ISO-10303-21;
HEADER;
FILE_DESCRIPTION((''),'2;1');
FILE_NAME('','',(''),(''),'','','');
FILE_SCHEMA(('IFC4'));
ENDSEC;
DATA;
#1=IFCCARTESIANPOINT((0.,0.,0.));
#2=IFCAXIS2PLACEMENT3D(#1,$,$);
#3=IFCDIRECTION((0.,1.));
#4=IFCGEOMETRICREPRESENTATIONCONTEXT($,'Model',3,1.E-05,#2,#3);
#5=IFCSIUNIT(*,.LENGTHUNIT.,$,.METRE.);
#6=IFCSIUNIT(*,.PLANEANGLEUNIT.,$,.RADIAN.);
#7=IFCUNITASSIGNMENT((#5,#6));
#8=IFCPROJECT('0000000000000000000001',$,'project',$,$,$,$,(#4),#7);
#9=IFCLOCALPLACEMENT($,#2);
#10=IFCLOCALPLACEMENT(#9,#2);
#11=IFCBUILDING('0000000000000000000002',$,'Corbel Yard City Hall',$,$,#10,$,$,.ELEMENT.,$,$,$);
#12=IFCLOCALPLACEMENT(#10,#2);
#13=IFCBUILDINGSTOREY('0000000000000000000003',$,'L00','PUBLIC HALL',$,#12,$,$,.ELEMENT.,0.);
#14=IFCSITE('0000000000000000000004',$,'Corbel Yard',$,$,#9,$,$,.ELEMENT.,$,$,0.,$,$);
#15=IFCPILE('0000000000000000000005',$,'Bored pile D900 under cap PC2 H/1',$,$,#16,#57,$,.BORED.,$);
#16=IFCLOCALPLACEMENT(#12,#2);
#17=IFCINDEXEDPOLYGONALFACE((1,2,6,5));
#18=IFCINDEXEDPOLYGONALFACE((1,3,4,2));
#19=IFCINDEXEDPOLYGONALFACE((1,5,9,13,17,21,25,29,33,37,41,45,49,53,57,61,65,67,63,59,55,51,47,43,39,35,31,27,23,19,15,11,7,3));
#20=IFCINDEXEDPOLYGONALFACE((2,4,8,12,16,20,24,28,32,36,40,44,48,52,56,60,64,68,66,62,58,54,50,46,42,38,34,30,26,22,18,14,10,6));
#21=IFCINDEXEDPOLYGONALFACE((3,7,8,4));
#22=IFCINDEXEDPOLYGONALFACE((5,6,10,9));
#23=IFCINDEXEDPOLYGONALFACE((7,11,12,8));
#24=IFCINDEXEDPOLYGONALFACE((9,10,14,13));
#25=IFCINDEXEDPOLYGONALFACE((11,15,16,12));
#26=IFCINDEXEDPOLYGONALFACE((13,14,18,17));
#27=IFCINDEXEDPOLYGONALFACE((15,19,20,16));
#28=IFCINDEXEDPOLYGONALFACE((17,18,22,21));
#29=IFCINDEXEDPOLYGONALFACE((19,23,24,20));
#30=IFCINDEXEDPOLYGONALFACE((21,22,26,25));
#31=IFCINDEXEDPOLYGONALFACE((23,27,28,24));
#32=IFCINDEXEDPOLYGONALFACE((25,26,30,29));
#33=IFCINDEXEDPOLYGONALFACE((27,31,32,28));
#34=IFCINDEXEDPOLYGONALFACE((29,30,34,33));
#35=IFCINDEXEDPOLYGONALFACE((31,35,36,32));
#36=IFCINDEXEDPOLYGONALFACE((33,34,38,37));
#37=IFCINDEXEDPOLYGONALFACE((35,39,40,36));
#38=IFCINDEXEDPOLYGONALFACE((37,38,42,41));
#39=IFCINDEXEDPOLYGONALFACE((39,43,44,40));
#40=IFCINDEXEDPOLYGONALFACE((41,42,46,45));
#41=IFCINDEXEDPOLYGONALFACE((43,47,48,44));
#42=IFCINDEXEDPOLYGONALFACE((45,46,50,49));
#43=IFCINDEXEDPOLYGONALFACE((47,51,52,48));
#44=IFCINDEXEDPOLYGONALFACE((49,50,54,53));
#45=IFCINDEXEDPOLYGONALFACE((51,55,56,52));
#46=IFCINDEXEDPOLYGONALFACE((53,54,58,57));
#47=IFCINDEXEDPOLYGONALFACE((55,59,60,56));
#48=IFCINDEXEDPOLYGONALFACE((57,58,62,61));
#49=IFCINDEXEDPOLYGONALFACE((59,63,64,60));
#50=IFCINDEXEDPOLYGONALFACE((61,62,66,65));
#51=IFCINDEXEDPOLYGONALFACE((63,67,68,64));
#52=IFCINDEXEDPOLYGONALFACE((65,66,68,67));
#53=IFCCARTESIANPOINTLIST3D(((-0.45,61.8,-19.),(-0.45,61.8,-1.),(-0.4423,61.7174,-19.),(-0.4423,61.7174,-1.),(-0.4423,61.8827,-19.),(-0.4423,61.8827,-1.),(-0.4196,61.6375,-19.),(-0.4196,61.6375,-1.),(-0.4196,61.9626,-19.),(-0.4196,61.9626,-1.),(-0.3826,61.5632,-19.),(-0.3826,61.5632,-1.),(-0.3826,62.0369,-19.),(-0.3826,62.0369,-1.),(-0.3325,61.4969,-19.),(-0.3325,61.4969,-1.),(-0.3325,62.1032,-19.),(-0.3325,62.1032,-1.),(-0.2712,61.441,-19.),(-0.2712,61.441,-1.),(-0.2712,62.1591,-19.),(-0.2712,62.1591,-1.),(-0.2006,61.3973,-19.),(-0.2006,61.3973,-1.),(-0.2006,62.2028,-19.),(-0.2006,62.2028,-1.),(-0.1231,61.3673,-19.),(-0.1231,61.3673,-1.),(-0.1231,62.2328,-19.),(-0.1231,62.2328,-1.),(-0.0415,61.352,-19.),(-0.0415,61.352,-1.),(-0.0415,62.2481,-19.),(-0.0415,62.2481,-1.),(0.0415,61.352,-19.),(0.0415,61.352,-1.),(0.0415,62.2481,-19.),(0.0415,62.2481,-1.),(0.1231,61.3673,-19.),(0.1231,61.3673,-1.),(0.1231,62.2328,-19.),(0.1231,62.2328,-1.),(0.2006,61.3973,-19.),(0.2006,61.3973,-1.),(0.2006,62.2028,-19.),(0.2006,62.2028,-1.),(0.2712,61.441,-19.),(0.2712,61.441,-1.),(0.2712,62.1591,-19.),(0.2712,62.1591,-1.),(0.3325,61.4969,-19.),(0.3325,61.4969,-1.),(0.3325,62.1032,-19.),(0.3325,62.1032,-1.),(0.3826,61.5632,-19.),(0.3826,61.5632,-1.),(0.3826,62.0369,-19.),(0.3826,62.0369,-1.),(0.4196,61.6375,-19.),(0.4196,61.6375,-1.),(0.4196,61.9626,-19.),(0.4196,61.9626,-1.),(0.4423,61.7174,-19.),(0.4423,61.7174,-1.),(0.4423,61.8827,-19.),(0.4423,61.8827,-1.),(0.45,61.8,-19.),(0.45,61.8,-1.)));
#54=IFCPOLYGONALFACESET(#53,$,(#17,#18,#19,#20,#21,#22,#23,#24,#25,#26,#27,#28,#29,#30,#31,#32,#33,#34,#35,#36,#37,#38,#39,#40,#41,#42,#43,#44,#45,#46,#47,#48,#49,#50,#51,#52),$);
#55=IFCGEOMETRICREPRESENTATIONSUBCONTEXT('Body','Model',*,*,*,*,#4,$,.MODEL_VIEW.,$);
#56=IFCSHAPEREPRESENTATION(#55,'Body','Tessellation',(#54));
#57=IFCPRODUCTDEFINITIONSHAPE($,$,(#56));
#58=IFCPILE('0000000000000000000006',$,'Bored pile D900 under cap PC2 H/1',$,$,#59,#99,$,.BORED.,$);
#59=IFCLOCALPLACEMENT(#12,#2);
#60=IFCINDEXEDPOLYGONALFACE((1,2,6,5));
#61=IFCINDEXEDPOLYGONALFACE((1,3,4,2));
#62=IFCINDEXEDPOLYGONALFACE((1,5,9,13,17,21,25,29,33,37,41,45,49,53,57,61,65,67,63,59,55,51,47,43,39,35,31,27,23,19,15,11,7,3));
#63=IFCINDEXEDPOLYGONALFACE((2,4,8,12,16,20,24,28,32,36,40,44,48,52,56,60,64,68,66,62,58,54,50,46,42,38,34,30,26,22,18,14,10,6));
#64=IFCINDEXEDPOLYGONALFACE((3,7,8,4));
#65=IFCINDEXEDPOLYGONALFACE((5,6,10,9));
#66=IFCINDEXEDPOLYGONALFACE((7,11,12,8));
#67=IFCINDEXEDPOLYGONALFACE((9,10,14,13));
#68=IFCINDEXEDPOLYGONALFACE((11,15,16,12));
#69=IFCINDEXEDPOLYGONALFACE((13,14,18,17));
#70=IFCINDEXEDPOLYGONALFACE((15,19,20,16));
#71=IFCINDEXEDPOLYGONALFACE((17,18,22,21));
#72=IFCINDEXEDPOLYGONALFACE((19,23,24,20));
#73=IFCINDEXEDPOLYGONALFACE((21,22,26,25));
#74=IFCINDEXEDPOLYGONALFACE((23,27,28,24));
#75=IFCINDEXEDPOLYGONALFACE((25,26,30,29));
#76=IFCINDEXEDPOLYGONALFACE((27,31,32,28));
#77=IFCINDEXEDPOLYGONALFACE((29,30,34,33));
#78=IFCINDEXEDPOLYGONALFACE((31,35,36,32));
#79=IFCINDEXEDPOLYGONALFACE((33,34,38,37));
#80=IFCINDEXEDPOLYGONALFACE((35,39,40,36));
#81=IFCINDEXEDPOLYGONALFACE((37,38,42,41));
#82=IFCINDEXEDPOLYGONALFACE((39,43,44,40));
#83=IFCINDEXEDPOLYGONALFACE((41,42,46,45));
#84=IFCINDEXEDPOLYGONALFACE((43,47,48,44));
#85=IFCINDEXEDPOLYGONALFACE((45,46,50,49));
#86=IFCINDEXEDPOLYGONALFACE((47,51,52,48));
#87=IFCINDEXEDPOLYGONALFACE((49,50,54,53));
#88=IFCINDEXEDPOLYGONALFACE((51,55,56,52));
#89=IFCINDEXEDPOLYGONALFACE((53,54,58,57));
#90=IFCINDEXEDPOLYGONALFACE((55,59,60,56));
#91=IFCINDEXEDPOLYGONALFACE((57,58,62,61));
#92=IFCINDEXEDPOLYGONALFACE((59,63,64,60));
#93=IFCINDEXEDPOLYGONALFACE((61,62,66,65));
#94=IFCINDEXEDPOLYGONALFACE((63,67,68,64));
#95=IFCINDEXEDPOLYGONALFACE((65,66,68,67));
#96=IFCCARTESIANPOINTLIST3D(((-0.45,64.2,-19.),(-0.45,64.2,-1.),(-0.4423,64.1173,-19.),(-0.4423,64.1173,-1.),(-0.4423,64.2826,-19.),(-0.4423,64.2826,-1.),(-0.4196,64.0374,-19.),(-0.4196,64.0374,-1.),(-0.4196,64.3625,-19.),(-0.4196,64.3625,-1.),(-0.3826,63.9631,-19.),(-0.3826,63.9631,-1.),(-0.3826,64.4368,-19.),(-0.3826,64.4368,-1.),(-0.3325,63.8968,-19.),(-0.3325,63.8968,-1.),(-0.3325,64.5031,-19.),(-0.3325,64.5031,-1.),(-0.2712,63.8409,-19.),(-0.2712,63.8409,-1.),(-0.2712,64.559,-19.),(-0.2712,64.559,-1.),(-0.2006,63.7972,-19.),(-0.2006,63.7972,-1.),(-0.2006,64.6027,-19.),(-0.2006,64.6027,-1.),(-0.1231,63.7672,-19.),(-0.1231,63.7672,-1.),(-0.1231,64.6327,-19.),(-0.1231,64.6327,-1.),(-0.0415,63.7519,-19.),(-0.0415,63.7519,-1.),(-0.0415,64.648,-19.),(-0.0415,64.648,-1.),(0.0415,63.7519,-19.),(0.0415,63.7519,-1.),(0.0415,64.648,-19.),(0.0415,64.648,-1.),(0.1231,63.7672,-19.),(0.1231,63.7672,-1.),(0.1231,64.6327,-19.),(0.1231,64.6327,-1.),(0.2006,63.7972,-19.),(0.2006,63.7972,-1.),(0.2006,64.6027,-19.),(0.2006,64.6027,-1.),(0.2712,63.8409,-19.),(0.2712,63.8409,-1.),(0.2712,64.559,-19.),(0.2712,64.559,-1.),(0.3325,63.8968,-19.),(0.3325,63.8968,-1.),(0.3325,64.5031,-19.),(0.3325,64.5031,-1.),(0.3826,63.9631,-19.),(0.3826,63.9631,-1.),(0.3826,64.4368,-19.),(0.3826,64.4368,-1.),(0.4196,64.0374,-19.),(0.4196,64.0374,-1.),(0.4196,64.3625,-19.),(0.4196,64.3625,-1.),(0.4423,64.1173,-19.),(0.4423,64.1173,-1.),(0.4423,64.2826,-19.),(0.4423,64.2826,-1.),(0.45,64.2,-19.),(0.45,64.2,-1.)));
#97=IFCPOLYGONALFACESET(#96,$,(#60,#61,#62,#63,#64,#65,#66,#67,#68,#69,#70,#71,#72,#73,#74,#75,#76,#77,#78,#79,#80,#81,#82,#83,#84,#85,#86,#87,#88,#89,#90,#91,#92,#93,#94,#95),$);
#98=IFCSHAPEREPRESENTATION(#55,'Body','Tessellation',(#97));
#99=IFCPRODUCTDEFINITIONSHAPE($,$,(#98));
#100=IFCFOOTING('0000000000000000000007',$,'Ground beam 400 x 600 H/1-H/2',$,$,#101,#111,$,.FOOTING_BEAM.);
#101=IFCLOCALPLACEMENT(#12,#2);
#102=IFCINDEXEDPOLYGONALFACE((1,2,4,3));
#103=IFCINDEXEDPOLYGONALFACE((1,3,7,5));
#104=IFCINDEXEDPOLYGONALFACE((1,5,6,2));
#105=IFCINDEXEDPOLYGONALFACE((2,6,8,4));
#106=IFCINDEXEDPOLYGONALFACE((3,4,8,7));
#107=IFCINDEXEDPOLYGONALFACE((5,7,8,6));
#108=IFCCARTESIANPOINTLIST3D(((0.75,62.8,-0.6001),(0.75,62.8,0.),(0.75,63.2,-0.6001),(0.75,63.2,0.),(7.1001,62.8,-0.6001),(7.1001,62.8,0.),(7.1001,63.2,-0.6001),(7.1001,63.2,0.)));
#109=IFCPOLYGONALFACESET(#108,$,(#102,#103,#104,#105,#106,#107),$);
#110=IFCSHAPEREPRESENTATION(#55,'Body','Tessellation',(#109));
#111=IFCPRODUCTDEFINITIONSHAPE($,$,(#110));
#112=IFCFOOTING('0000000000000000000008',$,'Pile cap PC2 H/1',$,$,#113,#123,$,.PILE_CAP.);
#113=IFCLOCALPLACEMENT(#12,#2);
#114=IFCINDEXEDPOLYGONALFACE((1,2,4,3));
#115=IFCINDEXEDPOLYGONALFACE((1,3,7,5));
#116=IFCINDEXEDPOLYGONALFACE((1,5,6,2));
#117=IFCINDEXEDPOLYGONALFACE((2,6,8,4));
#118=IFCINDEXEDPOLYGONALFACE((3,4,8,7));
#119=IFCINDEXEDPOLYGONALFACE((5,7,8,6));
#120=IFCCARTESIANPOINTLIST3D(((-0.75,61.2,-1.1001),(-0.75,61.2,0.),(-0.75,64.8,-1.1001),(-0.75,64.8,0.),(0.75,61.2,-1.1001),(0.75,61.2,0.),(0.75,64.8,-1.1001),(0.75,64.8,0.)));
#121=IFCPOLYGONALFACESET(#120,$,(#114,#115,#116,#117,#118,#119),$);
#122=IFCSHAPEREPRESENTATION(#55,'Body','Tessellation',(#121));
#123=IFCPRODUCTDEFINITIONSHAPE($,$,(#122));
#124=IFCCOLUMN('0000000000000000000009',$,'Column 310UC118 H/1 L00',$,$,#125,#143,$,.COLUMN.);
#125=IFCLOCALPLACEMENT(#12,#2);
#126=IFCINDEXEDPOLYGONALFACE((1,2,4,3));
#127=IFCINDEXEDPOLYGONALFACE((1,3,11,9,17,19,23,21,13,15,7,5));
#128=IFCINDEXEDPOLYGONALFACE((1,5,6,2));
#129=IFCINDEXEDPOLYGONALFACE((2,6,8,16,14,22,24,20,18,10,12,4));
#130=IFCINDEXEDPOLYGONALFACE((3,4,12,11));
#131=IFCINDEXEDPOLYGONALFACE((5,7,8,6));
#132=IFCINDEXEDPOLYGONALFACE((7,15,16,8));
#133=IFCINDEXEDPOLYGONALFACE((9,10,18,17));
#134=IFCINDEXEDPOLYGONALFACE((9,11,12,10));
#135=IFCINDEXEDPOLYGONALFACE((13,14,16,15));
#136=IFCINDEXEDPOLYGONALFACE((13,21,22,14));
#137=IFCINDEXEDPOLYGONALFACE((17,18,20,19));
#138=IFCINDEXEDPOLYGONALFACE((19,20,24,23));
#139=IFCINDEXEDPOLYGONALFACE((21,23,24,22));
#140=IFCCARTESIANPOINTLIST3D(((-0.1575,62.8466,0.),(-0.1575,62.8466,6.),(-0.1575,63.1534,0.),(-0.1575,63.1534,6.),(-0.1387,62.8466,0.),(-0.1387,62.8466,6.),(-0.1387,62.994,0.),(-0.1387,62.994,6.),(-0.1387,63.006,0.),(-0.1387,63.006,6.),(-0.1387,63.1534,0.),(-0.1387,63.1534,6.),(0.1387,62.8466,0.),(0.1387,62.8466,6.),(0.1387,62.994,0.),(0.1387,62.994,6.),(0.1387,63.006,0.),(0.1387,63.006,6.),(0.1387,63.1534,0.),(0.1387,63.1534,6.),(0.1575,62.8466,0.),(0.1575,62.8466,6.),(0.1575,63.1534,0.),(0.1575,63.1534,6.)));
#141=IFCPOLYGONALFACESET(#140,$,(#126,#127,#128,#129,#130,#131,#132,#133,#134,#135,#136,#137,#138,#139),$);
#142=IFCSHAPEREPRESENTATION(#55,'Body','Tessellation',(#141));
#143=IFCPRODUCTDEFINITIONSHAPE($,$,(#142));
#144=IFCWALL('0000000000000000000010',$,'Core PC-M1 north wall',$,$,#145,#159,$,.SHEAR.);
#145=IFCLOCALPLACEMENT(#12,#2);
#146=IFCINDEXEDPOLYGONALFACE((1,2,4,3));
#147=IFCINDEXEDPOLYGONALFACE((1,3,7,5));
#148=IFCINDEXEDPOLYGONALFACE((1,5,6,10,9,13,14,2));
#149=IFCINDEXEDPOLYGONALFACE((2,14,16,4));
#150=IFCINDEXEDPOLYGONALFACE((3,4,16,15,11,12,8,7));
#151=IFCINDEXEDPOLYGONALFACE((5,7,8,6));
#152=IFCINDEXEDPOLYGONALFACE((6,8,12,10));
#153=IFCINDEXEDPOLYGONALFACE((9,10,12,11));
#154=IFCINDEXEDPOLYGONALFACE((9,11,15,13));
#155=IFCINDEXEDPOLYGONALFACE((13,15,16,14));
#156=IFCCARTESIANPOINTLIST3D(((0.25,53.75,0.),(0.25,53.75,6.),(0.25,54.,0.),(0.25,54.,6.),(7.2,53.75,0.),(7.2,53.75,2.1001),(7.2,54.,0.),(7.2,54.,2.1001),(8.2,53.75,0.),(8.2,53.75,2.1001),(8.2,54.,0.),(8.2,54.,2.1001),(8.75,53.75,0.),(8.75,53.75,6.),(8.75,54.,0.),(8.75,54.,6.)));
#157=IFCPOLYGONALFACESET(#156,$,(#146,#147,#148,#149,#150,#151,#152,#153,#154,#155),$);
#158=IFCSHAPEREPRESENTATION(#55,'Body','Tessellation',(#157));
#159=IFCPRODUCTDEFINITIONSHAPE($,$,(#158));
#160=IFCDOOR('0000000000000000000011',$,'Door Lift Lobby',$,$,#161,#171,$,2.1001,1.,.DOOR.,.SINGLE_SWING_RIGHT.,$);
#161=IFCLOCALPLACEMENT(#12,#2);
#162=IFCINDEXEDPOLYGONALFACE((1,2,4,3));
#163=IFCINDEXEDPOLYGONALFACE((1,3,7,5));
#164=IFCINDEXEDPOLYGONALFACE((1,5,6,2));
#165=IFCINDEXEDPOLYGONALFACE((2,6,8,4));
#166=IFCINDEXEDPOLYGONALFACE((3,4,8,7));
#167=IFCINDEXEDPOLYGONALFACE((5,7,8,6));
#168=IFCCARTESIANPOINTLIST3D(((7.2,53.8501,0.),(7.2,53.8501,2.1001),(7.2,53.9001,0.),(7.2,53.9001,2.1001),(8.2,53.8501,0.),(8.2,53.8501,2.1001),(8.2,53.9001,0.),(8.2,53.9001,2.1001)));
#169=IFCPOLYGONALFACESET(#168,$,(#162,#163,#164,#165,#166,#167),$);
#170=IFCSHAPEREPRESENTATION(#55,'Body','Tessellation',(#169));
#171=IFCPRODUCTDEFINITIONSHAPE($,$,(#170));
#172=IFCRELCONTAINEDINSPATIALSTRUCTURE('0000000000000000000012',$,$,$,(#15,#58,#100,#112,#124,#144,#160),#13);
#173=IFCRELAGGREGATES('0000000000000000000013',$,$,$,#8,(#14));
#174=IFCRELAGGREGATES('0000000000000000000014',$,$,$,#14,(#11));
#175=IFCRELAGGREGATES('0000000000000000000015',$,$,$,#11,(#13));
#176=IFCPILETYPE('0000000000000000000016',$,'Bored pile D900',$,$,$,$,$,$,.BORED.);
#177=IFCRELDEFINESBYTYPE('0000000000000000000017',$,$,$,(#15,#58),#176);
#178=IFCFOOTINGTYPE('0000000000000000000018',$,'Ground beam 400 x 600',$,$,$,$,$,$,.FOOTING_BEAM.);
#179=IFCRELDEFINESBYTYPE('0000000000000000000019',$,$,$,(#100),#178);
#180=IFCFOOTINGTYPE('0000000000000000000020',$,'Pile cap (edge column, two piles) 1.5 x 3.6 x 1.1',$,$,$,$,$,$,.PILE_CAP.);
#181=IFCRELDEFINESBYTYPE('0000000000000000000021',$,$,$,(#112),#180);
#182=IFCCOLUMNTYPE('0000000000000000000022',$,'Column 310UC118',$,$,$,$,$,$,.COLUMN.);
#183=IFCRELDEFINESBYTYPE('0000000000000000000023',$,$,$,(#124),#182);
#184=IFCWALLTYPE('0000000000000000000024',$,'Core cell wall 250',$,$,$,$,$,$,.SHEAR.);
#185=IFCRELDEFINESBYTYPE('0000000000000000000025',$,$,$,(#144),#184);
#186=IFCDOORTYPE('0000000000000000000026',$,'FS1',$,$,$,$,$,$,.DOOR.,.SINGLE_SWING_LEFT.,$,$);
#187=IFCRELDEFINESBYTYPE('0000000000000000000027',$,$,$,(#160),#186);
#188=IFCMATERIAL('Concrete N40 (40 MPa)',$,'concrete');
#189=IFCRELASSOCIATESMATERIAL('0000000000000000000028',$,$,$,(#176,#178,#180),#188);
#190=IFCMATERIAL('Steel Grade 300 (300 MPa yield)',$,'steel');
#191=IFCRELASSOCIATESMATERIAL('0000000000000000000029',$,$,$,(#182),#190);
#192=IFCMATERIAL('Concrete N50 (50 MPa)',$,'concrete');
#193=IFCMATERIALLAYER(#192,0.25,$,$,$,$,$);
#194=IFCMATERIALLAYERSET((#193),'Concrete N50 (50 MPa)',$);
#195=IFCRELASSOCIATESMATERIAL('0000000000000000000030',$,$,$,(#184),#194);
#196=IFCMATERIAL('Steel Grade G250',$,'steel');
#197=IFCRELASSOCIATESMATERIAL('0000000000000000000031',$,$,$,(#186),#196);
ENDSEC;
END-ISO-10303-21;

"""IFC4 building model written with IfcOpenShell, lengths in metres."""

from ifc_helpers import new_model, si_unit, direction, frame, frame_2d, origin, origin_2d, place, context, subcontext, project, spatial, rectangle, circle, i_section, extrude, material, layer, layer_set, material_profile, profile_set, type_object, element, fill, save


model = new_model("IFC4")

# Units and contexts
model_context = context("Model", 3, precision=1e-05, world=origin(), true_north=direction((0.0, 1.0)))
body_context = subcontext(model_context, "Body", "Model", "MODEL_VIEW")
ifc_project = project(units=[si_unit("LENGTHUNIT", "METRE"), si_unit("PLANEANGLEUNIT", "RADIAN")], contexts=[model_context])

# Site, building, storey
site_placement = place(None, origin())
site = spatial("IfcSite", under=ifc_project, at=site_placement, Name="Corbel Yard", CompositionType="ELEMENT", RefElevation=0.0)
building_placement = place(site_placement, origin())
building = spatial("IfcBuilding", under=site, at=building_placement, Name="Corbel Yard City Hall", CompositionType="ELEMENT")
storey_placement = place(building_placement, origin())
storey = spatial("IfcBuildingStorey", under=building, at=storey_placement, Name="L00", Description="PUBLIC HALL", CompositionType="ELEMENT", Elevation=0.0)

# Piles
ifc_material_1 = material(Name="Concrete N40 (40 MPa)", Category="concrete")
ifc_material_profile_1 = material_profile(ifc_material_1, circle(Radius=0.45, at=origin_2d()), Name="D900")
ifc_profile_set_1 = profile_set([ifc_material_profile_1], Name="Concrete N40 (40 MPa)")
pile_type_1 = type_object("IfcPileType", Name="Bored pile D900", PredefinedType="BORED", material=ifc_profile_set_1)
for number, where, z_axis, x_axis, name in (
    (1, (0.0, 61.8, -1.0), (0.0, 0.0, -1.0), (1.0, 0.0, 0.0), "Bored pile D900 under cap PC2 H/1"),
    (2, (0.0, 64.2, -1.0), (0.0, 0.0, -1.0), (1.0, 0.0, 0.0), "Bored pile D900 under cap PC2 H/1"),
):
    element("IfcPile", number, at=place(storey_placement, frame(where, z_axis=z_axis, x_axis=x_axis)), inside=storey, type_object=pile_type_1, Name=name, PredefinedType="BORED", context=body_context, shape_type="SweptSolid", body=[
        extrude(circle(Radius=0.45, at=origin_2d()), origin(), (0.0, 0.0, 1.0), 18.0),
    ])

# Footings
footing_type_1 = type_object("IfcFootingType", Name="Ground beam 400 x 600", PredefinedType="FOOTING_BEAM", material=ifc_material_1)
footing_1_placement = place(storey_placement, frame((3.925, 63.0, -0.6001), z_axis=(0.0, 0.0, 1.0), x_axis=(1.0, 0.0, 0.0)))
element("IfcFooting", 3, at=footing_1_placement, inside=storey, type_object=footing_type_1, Name="Ground beam 400 x 600 H/1-H/2", PredefinedType="FOOTING_BEAM", context=body_context, shape_type="SweptSolid", body=[
    extrude(rectangle(XDim=6.3501, YDim=0.3999, at=origin_2d()), origin(), (0.0, 0.0, 1.0), 0.6001),
])
footing_type_2 = type_object("IfcFootingType", Name="Pile cap (edge column, two piles) 1.5 x 3.6 x 1.1", PredefinedType="PILE_CAP", material=ifc_material_1)
footing_2_placement = place(storey_placement, frame((0.0, 63.0, -1.1001), z_axis=(0.0, 0.0, 1.0), x_axis=(1.0, 0.0, 0.0)))
element("IfcFooting", 4, at=footing_2_placement, inside=storey, type_object=footing_type_2, Name="Pile cap PC2 H/1", PredefinedType="PILE_CAP", context=body_context, shape_type="SweptSolid", body=[
    extrude(rectangle(XDim=1.5, YDim=3.6001, at=origin_2d()), origin(), (0.0, 0.0, 1.0), 1.1001),
])

# Column
ifc_material_2 = material(Name="Steel Grade 300 (300 MPa yield)", Category="steel")
ifc_material_profile_2 = material_profile(ifc_material_2, i_section(OverallWidth=0.3069, OverallDepth=0.3149, WebThickness=0.012, FlangeThickness=0.0188, at=origin_2d()), Name="310UC118")
ifc_profile_set_2 = profile_set([ifc_material_profile_2], Name="Steel Grade 300 (300 MPa yield)")
column_type = type_object("IfcColumnType", Name="Column 310UC118", PredefinedType="COLUMN", material=ifc_profile_set_2)
column_placement = place(storey_placement, frame((0.0, 63.0, 0.0), z_axis=(0.0, 0.0, 1.0), x_axis=(0.0, 1.0, 0.0)))
element("IfcColumn", 5, at=column_placement, inside=storey, type_object=column_type, Name="Column 310UC118 H/1 L00", PredefinedType="COLUMN", context=body_context, shape_type="SweptSolid", body=[
    extrude(i_section(OverallWidth=0.3069, OverallDepth=0.3149, WebThickness=0.012, FlangeThickness=0.0188, at=origin_2d()), origin(), (0.0, 0.0, 1.0), 6.0),
])

# Wall, opening, door
ifc_material_3 = material(Name="Concrete N50 (50 MPa)", Category="concrete")
ifc_layer_1 = layer(ifc_material_3, 0.25)
ifc_layer_set_1 = layer_set([ifc_layer_1], Name="Concrete N50 (50 MPa)")
wall_type_1 = type_object("IfcWallType", Name="Core cell wall 250", PredefinedType="SHEAR", material=ifc_layer_set_1)
wall_1_placement = place(storey_placement, frame((0.25, 53.875, 0.0), z_axis=(0.0, 0.0, 1.0), x_axis=(1.0, 0.0, 0.0)))
wall_1 = element("IfcWall", 6, at=wall_1_placement, inside=storey, type_object=wall_type_1, Name="Core PC-M1 north wall", PredefinedType="SHEAR", context=body_context, shape_type="SweptSolid", body=[
    extrude(rectangle(XDim=8.5, YDim=0.25, at=frame_2d((4.25, 0.0))), origin(), (0.0, 0.0, 1.0), 6.0),
])
opening_1_placement = place(wall_1_placement, frame((6.95, 0.0, 0.0)))
opening_1 = element("IfcOpeningElement", 7, at=opening_1_placement, cuts=wall_1, PredefinedType="OPENING", context=body_context, shape_type="SweptSolid", body=[
    extrude(rectangle(XDim=1.0, YDim=2.1001, at=frame_2d((0.5, 1.05))), frame((0.0, 0.135, 0.0), z_axis=(0.0, -1.0, 0.0), x_axis=(1.0, 0.0, 0.0)), (0.0, 0.0, 1.0), 0.27),
])
ifc_material_4 = material(Name="Steel Grade G250", Category="steel")
door_type_1 = type_object("IfcDoorType", Name="FS1", OperationType="SINGLE_SWING_LEFT", PredefinedType="DOOR", material=ifc_material_4)
door_1_placement = place(opening_1_placement, frame((1.0, 0.0, 0.0), z_axis=(0.0, 0.0, 1.0), x_axis=(-1.0, 0.0, 0.0)))
door_1 = element("IfcDoor", 8, at=door_1_placement, inside=storey, type_object=door_type_1, Name="Door Lift Lobby", OperationType="SINGLE_SWING_RIGHT", OverallHeight=2.1001, OverallWidth=1.0, PredefinedType="DOOR", context=body_context, shape_type="SweptSolid", body=[
    extrude(rectangle(XDim=1.0, YDim=2.1001, at=frame_2d((0.5, 1.05))), frame((0.0, 0.0249, 0.0), z_axis=(0.0, -1.0, 0.0), x_axis=(1.0, 0.0, 0.0)), (0.0, 0.0, 1.0), 0.05),
])
fill(opening_1, door_1)

save(model, "model.ifc")
